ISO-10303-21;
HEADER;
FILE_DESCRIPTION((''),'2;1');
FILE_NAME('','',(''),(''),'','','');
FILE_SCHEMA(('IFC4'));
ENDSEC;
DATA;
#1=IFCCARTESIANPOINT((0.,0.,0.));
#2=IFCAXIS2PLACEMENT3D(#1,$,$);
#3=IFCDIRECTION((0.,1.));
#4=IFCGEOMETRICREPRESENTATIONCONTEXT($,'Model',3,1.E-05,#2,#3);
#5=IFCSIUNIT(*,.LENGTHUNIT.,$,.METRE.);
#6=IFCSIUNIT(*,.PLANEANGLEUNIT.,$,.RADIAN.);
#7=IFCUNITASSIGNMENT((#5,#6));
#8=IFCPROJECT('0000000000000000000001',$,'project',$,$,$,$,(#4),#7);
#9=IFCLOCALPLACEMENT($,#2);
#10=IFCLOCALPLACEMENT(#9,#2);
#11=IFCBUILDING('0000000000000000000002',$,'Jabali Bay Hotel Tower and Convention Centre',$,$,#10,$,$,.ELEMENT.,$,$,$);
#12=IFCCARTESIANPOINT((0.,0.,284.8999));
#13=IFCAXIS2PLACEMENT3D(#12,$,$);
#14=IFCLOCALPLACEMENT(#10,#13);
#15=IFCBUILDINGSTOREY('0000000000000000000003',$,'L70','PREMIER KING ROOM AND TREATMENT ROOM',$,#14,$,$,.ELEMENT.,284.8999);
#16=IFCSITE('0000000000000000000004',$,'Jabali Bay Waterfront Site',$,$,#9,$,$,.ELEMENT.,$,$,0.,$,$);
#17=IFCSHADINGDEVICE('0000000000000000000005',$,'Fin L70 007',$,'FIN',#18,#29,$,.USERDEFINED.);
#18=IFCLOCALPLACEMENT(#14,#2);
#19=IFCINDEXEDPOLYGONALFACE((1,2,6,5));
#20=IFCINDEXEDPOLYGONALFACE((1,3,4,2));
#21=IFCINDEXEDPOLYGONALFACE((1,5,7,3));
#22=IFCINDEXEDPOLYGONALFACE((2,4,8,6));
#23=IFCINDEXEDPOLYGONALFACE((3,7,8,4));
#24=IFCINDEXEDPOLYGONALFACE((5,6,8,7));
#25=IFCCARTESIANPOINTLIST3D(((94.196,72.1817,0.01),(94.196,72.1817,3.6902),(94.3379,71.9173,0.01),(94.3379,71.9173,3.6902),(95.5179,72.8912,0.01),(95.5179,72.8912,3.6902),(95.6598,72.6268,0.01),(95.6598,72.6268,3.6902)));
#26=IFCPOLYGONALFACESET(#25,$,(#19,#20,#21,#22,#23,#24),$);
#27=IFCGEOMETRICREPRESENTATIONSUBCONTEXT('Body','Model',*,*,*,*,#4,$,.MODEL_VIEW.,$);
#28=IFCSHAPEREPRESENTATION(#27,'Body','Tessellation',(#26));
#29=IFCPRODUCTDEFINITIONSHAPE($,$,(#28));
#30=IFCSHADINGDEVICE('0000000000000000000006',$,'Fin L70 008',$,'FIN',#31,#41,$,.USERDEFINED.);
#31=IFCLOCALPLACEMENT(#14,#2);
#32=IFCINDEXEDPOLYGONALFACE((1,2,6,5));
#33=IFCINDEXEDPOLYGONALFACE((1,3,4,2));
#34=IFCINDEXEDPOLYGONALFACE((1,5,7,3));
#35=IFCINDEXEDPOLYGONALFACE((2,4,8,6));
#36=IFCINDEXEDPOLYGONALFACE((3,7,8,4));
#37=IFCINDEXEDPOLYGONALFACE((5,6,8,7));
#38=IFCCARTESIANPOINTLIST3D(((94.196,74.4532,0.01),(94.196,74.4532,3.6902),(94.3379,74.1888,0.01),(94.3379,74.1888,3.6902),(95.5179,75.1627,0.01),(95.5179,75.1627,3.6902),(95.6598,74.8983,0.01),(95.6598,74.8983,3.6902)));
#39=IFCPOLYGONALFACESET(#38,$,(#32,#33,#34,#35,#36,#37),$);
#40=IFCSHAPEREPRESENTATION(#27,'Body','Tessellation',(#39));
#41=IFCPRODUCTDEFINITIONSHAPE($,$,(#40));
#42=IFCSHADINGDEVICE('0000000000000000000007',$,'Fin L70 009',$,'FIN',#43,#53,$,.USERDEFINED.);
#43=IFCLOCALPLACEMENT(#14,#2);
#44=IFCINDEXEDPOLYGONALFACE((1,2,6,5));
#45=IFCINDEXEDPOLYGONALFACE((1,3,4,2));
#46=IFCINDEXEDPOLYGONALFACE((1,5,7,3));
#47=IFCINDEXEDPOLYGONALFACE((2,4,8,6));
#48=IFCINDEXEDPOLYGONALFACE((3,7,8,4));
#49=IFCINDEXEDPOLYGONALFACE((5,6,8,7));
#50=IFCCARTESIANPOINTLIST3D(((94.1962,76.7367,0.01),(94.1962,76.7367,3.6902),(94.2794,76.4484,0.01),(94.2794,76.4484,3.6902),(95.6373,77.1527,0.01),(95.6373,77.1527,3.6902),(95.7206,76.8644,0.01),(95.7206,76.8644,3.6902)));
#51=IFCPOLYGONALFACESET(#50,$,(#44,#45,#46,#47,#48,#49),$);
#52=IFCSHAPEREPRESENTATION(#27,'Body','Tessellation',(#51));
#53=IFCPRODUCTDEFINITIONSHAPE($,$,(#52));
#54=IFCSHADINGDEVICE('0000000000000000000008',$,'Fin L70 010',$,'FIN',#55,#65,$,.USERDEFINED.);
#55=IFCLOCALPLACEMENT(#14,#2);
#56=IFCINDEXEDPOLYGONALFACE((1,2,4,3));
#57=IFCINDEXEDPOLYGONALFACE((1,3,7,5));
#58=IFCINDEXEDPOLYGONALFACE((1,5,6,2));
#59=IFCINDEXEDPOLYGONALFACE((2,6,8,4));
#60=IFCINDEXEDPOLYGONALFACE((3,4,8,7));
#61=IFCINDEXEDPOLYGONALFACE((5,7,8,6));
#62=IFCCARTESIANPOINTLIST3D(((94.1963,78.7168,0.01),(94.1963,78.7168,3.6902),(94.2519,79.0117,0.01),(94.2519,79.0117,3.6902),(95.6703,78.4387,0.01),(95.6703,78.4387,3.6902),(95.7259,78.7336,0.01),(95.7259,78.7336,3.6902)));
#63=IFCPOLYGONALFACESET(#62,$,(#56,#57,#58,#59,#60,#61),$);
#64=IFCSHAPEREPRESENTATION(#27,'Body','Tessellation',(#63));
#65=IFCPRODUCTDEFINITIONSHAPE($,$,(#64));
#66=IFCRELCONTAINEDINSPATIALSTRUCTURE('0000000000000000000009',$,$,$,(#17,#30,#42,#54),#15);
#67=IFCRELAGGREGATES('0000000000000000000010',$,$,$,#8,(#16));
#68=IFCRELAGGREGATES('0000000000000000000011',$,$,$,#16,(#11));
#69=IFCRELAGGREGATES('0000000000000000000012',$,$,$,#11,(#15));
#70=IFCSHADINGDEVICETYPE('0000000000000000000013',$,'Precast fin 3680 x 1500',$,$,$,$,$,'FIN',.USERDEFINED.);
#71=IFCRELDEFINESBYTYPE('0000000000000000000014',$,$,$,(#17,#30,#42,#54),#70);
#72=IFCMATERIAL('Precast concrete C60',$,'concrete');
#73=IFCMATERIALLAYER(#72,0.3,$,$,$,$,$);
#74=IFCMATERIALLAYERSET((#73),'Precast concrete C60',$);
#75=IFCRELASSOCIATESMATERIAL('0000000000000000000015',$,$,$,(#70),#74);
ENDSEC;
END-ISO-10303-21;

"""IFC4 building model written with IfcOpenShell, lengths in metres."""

from ifc_helpers import new_model, si_unit, direction, frame, frame_2d, origin, place, context, subcontext, project, spatial, rectangle, extrude, material, layer, layer_set, type_object, element, save


model = new_model("IFC4")

# Units and contexts
model_context = context("Model", 3, precision=1e-05, world=origin(), true_north=direction((0.0, 1.0)))
body_context = subcontext(model_context, "Body", "Model", "MODEL_VIEW")
ifc_project = project(units=[si_unit("LENGTHUNIT", "METRE"), si_unit("PLANEANGLEUNIT", "RADIAN")], contexts=[model_context])

# Site, building, storey
site_placement = place(None, origin())
site = spatial("IfcSite", under=ifc_project, at=site_placement, Name="Jabali Bay Waterfront Site", CompositionType="ELEMENT", RefElevation=0.0)
building_placement = place(site_placement, origin())
building = spatial("IfcBuilding", under=site, at=building_placement, Name="Jabali Bay Hotel Tower and Convention Centre", CompositionType="ELEMENT")
storey_placement = place(building_placement, frame((0.0, 0.0, 284.8999)))
storey = spatial("IfcBuildingStorey", under=building, at=storey_placement, Name="L70", Description="PREMIER KING ROOM AND TREATMENT ROOM", CompositionType="ELEMENT", Elevation=284.8999)

# Shading devices
ifc_material_1 = material(Name="Precast concrete C60", Category="concrete")
ifc_layer_1 = layer(ifc_material_1, 0.3)
ifc_layer_set_1 = layer_set([ifc_layer_1], Name="Precast concrete C60")
shading_device_type = type_object("IfcShadingDeviceType", Name="Precast fin 3680 x 1500", ElementType="FIN", PredefinedType="USERDEFINED", material=ifc_layer_set_1)
for number, where, z_axis, x_axis, name in (
    (1, (94.2671, 72.0496, 0.01), (0.0, 0.0, 1.0), (0.881097, 0.472935, 0.0), "Fin L70 007"),
    (2, (94.2671, 74.321, 0.01), (0.0, 0.0, 1.0), (0.881097, 0.472935, 0.0), "Fin L70 008"),
):
    element("IfcShadingDevice", number, at=place(storey_placement, frame(where, z_axis=z_axis, x_axis=x_axis)), inside=storey, type_object=shading_device_type, Name=name, ObjectType="FIN", PredefinedType="USERDEFINED", context=body_context, shape_type="SweptSolid", body=[
        extrude(rectangle(XDim=1.5002, YDim=0.3, at=frame_2d((0.75, 0.0))), origin(), (0.0, 0.0, 1.0), 3.6802),
    ])
for number, where, z_axis, x_axis, name in (
    (3, (94.2378, 76.5925, 0.01), (0.0, 0.0, 1.0), (0.960771, 0.277343, 0.0), "Fin L70 009"),
    (4, (94.2241, 78.8643, 0.01), (0.0, 0.0, 1.0), (0.982663, -0.185399, 0.0), "Fin L70 010"),
):
    element("IfcShadingDevice", number, at=place(storey_placement, frame(where, z_axis=z_axis, x_axis=x_axis)), inside=storey, type_object=shading_device_type, Name=name, ObjectType="FIN", PredefinedType="USERDEFINED", context=body_context, shape_type="SweptSolid", body=[
        extrude(rectangle(XDim=1.5, YDim=0.3, at=frame_2d((0.75, 0.0))), origin(), (0.0, 0.0, 1.0), 3.6802),
    ])

save(model, "model.ifc")
